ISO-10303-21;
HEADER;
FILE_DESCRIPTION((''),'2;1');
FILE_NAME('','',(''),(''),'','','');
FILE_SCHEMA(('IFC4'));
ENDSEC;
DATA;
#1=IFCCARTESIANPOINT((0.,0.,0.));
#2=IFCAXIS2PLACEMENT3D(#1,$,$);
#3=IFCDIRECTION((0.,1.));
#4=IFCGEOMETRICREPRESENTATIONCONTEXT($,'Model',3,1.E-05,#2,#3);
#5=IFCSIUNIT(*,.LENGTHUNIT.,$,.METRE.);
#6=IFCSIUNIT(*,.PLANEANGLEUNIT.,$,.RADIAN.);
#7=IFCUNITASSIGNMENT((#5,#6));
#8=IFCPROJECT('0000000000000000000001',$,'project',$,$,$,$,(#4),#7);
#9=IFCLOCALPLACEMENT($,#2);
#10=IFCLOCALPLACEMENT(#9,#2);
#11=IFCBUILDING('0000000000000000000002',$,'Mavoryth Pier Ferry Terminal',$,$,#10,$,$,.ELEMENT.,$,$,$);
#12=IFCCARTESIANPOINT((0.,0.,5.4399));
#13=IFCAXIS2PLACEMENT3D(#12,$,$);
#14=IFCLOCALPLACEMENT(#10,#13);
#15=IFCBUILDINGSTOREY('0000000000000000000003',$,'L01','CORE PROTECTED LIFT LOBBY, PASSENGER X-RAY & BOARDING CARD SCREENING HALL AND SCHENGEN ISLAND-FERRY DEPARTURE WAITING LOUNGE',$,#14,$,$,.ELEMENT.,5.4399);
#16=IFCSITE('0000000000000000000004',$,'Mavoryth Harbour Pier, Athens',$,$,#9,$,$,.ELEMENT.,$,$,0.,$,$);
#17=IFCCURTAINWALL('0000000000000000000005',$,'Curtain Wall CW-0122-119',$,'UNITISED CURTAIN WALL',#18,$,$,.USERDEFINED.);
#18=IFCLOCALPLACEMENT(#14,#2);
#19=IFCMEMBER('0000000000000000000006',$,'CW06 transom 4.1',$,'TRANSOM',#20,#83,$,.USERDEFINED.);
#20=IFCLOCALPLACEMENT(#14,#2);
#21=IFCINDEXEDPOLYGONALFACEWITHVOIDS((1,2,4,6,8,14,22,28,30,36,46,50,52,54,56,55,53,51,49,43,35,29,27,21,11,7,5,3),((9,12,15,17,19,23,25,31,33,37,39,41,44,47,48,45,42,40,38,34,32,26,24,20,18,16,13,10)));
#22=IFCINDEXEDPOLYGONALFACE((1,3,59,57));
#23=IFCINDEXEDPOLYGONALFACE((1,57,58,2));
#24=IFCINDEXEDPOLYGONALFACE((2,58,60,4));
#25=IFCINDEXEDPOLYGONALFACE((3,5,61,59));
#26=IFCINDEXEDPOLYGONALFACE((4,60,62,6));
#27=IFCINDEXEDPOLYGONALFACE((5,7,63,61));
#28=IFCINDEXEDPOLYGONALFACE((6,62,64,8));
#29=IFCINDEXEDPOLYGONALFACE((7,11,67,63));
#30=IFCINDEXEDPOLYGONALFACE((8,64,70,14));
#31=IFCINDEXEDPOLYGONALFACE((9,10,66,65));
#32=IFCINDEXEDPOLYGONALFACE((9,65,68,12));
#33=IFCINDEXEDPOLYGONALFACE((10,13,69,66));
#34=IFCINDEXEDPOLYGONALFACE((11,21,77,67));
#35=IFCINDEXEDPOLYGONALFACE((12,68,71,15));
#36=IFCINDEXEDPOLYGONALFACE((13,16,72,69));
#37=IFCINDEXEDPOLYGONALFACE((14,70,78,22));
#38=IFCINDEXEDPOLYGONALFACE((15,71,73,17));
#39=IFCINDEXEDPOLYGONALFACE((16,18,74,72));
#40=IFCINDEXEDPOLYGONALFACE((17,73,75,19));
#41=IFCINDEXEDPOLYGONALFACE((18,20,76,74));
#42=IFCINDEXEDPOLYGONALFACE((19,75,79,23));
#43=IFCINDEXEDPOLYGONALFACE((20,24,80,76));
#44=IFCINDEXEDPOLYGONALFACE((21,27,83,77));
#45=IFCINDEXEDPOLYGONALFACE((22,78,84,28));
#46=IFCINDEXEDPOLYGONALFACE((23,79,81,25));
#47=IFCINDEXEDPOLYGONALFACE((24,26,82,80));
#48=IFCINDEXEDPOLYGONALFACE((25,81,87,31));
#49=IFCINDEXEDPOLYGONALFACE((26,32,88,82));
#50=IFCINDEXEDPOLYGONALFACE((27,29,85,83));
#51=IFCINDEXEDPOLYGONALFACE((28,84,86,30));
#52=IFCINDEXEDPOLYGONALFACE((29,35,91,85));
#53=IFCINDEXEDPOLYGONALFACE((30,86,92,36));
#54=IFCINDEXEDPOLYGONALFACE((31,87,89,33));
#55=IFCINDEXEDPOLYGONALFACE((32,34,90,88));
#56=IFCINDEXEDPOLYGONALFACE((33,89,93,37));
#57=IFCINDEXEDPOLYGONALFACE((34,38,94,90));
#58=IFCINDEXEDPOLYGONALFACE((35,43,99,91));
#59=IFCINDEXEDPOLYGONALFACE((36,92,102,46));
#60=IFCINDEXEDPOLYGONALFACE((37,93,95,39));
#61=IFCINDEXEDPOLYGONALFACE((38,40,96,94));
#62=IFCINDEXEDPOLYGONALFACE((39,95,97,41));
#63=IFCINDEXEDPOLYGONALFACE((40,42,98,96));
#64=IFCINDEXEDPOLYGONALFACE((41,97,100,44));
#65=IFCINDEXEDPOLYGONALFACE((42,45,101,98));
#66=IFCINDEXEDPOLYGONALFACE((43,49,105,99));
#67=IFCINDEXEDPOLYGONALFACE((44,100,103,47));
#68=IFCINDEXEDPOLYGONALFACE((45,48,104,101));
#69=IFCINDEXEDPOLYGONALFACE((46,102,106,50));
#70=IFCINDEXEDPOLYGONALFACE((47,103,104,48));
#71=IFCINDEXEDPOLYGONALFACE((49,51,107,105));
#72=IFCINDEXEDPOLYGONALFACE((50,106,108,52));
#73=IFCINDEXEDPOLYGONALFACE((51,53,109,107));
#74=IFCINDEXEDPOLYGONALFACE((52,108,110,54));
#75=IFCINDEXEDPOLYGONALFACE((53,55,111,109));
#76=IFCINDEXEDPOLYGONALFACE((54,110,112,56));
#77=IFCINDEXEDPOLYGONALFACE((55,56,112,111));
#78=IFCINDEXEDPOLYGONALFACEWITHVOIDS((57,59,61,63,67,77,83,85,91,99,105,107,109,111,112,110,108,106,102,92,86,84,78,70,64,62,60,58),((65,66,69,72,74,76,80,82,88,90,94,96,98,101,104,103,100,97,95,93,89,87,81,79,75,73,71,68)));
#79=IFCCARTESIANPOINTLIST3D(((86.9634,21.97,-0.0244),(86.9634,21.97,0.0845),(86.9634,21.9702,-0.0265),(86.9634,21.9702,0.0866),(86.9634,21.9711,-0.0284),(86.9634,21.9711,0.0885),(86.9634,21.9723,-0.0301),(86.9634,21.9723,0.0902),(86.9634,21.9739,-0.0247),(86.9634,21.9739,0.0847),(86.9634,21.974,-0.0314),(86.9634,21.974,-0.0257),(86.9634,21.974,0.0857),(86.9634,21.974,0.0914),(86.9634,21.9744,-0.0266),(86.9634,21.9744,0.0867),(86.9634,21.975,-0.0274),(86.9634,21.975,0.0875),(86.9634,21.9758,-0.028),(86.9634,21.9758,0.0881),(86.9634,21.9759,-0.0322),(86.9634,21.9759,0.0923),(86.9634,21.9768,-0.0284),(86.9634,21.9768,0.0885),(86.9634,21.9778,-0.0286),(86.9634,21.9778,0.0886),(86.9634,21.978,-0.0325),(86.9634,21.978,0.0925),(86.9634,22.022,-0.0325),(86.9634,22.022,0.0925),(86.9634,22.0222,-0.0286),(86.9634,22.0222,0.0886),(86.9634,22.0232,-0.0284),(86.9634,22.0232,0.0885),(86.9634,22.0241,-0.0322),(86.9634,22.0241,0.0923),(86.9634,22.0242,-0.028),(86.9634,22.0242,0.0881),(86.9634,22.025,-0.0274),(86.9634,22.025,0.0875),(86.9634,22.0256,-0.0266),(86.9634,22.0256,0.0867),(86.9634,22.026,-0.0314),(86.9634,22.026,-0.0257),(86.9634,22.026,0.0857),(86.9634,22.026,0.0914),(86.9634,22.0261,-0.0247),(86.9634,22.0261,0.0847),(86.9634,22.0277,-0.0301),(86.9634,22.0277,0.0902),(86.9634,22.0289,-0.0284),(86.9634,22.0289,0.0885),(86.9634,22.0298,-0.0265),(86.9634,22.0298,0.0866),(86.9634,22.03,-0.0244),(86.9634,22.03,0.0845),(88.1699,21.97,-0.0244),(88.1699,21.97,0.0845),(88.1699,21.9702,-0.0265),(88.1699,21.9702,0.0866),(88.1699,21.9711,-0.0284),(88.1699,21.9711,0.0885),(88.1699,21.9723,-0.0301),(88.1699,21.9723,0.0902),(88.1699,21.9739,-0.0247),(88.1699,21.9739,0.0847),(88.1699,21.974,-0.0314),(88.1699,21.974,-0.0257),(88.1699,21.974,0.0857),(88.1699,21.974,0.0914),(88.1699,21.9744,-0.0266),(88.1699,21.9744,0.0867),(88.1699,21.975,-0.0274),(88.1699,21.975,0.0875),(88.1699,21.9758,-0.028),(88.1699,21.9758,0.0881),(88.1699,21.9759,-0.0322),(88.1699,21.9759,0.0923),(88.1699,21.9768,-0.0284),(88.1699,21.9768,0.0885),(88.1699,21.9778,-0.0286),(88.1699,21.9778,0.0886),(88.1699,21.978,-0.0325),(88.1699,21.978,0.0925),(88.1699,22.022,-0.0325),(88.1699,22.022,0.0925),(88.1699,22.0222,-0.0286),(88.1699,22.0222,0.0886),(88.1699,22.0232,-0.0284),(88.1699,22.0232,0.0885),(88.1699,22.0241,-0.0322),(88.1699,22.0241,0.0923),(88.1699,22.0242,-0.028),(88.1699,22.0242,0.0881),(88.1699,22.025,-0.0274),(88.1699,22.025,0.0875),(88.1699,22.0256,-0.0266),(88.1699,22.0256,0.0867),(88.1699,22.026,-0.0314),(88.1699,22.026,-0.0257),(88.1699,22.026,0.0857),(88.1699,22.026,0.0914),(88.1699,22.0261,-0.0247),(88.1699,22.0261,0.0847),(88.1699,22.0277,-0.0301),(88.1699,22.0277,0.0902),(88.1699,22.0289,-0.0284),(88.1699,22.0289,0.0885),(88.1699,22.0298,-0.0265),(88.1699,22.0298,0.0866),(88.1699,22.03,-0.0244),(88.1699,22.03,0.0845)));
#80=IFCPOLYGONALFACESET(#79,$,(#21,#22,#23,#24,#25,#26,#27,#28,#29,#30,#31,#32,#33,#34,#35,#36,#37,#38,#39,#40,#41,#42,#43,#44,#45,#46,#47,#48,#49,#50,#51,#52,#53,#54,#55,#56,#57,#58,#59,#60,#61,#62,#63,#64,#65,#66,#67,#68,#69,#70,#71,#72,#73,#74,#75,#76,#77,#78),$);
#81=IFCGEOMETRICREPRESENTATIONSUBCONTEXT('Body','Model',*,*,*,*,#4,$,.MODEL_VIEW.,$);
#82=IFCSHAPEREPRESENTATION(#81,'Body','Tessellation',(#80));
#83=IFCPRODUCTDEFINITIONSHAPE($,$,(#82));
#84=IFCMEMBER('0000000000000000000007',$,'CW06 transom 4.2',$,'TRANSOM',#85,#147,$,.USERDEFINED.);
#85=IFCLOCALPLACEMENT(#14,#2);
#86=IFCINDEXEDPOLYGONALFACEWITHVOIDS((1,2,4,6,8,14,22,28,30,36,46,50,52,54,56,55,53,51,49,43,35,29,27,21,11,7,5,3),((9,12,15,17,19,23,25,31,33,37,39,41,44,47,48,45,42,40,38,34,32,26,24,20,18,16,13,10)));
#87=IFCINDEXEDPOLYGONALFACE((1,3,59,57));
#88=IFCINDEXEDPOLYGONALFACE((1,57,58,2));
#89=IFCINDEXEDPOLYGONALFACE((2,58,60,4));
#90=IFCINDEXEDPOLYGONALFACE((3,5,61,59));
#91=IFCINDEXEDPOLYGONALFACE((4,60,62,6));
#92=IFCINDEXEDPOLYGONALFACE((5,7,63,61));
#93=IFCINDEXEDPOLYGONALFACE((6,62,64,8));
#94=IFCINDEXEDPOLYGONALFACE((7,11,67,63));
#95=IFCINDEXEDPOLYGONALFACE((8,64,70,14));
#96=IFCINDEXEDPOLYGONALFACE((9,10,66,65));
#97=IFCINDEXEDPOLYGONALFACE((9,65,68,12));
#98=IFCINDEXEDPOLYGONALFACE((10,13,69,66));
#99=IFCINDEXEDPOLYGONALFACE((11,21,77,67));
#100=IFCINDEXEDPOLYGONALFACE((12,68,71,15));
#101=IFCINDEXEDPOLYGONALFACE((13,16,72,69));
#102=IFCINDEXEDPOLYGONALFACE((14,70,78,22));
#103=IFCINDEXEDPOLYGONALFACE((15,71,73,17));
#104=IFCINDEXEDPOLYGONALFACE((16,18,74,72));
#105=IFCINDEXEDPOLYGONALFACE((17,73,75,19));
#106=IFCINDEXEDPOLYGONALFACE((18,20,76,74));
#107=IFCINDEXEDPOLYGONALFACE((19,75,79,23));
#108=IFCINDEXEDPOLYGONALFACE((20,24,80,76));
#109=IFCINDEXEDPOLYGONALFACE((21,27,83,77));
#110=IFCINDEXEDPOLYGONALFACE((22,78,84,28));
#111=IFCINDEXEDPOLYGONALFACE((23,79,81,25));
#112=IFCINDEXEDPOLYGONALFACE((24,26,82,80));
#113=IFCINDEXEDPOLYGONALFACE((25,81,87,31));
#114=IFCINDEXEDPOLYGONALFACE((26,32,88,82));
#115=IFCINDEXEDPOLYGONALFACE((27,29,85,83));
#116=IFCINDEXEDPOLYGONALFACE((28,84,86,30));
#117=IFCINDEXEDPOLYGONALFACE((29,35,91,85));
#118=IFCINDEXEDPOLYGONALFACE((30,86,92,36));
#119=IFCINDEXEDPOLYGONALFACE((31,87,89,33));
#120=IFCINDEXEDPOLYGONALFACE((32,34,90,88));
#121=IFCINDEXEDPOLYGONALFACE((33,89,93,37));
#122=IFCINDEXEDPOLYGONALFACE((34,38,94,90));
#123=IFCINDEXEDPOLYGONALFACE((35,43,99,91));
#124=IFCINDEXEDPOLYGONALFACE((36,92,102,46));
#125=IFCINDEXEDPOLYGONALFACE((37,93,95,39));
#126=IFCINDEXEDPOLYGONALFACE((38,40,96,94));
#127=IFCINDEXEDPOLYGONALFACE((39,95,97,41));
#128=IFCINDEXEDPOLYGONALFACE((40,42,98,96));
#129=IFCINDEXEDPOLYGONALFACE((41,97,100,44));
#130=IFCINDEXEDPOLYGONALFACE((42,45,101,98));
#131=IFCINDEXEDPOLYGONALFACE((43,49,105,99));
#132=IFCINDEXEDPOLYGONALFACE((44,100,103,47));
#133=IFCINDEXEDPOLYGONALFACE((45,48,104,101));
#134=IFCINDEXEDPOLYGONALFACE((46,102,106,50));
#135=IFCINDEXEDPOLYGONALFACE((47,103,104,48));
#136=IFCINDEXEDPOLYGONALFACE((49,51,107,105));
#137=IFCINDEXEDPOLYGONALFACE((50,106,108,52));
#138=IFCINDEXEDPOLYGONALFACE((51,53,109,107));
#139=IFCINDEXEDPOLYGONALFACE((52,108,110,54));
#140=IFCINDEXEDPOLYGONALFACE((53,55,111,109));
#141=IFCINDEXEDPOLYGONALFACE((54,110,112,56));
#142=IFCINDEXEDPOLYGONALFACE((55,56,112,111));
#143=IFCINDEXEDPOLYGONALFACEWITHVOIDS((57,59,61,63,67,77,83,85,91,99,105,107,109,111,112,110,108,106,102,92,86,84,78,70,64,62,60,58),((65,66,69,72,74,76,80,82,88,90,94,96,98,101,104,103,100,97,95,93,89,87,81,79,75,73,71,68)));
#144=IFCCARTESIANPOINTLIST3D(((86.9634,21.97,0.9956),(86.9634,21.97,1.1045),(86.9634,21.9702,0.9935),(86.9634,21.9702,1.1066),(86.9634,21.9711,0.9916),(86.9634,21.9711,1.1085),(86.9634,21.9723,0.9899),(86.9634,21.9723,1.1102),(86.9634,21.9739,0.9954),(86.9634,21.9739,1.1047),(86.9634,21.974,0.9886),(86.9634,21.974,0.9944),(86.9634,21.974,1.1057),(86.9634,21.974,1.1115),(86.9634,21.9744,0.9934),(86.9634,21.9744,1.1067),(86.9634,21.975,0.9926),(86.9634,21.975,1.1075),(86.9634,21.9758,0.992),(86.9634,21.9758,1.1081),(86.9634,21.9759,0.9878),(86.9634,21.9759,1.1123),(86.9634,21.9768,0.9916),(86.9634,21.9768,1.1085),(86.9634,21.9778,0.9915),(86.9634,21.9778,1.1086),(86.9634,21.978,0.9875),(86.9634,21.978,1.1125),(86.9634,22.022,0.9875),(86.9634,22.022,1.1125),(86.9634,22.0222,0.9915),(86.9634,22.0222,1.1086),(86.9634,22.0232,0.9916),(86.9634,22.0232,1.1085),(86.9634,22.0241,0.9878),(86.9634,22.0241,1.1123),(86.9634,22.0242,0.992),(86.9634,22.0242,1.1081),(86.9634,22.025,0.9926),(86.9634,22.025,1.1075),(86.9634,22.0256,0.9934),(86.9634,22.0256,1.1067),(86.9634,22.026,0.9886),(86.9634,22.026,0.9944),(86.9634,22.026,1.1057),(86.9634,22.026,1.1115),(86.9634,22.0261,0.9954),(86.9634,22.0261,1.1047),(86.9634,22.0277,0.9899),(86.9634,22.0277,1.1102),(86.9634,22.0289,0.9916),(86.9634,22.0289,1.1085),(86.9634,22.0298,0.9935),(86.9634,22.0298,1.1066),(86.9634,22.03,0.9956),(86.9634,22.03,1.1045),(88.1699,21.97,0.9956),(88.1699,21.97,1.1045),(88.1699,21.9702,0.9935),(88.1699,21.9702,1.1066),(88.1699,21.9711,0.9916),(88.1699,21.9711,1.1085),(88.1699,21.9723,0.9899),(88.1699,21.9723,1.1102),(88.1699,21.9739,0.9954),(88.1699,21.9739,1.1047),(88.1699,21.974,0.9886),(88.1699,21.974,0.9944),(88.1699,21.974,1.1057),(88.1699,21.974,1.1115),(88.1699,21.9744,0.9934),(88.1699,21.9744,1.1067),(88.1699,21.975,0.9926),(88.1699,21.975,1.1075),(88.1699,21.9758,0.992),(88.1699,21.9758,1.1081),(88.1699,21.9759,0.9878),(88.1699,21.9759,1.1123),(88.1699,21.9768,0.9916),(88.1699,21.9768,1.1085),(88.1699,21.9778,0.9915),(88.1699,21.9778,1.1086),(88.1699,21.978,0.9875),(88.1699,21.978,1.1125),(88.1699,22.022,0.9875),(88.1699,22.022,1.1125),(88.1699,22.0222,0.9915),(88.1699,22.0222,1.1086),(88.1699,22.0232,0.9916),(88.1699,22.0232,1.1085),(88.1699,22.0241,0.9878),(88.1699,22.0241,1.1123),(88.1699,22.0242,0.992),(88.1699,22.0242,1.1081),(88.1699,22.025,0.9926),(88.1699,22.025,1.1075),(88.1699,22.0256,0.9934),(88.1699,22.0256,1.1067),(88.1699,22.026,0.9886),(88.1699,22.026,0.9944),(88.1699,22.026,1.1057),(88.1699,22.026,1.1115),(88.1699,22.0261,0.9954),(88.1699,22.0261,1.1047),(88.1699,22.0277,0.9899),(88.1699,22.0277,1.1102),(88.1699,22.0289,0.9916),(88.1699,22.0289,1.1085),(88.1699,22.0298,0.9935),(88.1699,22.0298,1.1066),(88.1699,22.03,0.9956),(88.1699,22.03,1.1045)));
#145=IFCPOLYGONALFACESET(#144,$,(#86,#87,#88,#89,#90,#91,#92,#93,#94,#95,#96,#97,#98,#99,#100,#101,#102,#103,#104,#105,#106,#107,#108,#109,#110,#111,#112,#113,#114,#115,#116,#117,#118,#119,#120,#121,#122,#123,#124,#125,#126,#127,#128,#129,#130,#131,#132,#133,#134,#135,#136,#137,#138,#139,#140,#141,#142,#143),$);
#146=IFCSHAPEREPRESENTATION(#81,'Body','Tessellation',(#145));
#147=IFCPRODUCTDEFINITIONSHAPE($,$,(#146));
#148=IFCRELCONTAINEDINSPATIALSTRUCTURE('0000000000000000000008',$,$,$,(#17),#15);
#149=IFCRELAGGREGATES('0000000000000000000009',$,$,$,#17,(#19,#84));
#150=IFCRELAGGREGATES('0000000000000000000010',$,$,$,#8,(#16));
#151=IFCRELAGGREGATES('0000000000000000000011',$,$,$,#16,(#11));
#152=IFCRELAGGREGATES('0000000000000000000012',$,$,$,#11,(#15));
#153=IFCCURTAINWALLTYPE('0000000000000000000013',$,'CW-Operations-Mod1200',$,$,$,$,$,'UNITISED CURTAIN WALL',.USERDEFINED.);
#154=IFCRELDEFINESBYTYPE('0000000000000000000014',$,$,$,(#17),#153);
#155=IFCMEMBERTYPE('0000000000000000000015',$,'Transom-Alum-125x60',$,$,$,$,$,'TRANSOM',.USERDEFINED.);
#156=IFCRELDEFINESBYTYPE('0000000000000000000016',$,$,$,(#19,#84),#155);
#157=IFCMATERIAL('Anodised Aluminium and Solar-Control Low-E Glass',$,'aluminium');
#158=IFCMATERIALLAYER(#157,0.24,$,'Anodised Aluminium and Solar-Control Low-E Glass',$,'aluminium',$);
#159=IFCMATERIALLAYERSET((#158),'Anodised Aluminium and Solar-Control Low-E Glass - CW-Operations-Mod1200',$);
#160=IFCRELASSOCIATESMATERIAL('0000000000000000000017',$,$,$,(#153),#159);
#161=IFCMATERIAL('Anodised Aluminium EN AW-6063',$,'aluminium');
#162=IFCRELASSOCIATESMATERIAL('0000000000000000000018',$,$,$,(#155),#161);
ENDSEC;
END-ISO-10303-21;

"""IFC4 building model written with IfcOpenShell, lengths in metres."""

from ifc_helpers import new_model, si_unit, direction, frame, origin, origin_2d, place, context, subcontext, project, spatial, hollow_rectangle, extrude, material, layer, layer_set, material_profile, profile_set, type_object, element, aggregate, save


model = new_model("IFC4")

# Units and contexts
model_context = context("Model", 3, precision=1e-05, world=origin(), true_north=direction((0.0, 1.0)))
body_context = subcontext(model_context, "Body", "Model", "MODEL_VIEW")
ifc_project = project(units=[si_unit("LENGTHUNIT", "METRE"), si_unit("PLANEANGLEUNIT", "RADIAN")], contexts=[model_context])

# Site, building, storey
site_placement = place(None, origin())
site = spatial("IfcSite", under=ifc_project, at=site_placement, Name="Mavoryth Harbour Pier, Athens", CompositionType="ELEMENT", RefElevation=0.0)
building_placement = place(site_placement, origin())
building = spatial("IfcBuilding", under=site, at=building_placement, Name="Mavoryth Pier Ferry Terminal", CompositionType="ELEMENT")
storey_placement = place(building_placement, frame((0.0, 0.0, 5.4399)))
storey = spatial("IfcBuildingStorey", under=building, at=storey_placement, Name="L01", Description="CORE PROTECTED LIFT LOBBY, PASSENGER X-RAY & BOARDING CARD SCREENING HALL AND SCHENGEN ISLAND-FERRY DEPARTURE WAITING LOUNGE", CompositionType="ELEMENT", Elevation=5.4399)

# Curtain wall
ifc_material_1 = material(Name="Anodised Aluminium and Solar-Control Low-E Glass", Category="aluminium")
ifc_material_2 = material(Name="Anodised Aluminium EN AW-6063", Category="aluminium")
ifc_layer_1 = layer(ifc_material_1, 0.24, Name="Anodised Aluminium and Solar-Control Low-E Glass", Category="aluminium")
ifc_layer_set_1 = layer_set([ifc_layer_1], Name="Anodised Aluminium and Solar-Control Low-E Glass - CW-Operations-Mod1200")
curtain_wall_type_1 = type_object("IfcCurtainWallType", Name="CW-Operations-Mod1200", ElementType="UNITISED CURTAIN WALL", PredefinedType="USERDEFINED", material=ifc_layer_set_1)
curtain_wall_1_placement = place(storey_placement, origin())
curtain_wall_1 = element("IfcCurtainWall", 1, at=curtain_wall_1_placement, inside=storey, type_object=curtain_wall_type_1, Name="Curtain Wall CW-0122-119", ObjectType="UNITISED CURTAIN WALL", PredefinedType="USERDEFINED")

# Members
ifc_material_profile_1 = material_profile(ifc_material_2, hollow_rectangle(XDim=0.0601, YDim=0.125, WallThickness=0.0039, InnerFilletRadius=0.0039, OuterFilletRadius=0.0081, at=origin_2d()), Name="AL-TRAN 125x60x4", Category="aluminium")
ifc_profile_set_1 = profile_set([ifc_material_profile_1], Name="Anodised Aluminium EN AW-6063 - AL-TRAN 125x60x4")
member_type_1 = type_object("IfcMemberType", Name="Transom-Alum-125x60", ElementType="TRANSOM", PredefinedType="USERDEFINED", material=ifc_profile_set_1)
member_1_placement = place(storey_placement, frame((88.1699, 22.0, 0.03), z_axis=(-1.0, 0.0, 0.0), x_axis=(0.0, -1.0, 0.0)))
member_1 = element("IfcMember", 2, at=member_1_placement, type_object=member_type_1, Name="CW06 transom 4.1", ObjectType="TRANSOM", PredefinedType="USERDEFINED", context=body_context, shape_type="SweptSolid", body=[
    extrude(hollow_rectangle(XDim=0.0601, YDim=0.125, WallThickness=0.0039, InnerFilletRadius=0.0039, OuterFilletRadius=0.0081, at=origin_2d()), origin(), (0.0, 0.0, 1.0), 1.2065),
])
member_2_placement = place(storey_placement, frame((88.1699, 22.0, 1.05), z_axis=(-1.0, 0.0, 0.0), x_axis=(0.0, -1.0, 0.0)))
member_2 = element("IfcMember", 3, at=member_2_placement, type_object=member_type_1, Name="CW06 transom 4.2", ObjectType="TRANSOM", PredefinedType="USERDEFINED", context=body_context, shape_type="SweptSolid", body=[
    extrude(hollow_rectangle(XDim=0.0601, YDim=0.125, WallThickness=0.0039, InnerFilletRadius=0.0039, OuterFilletRadius=0.0081, at=origin_2d()), origin(), (0.0, 0.0, 1.0), 1.2065),
])

aggregate(curtain_wall_1, [member_1, member_2])

save(model, "model.ifc")
